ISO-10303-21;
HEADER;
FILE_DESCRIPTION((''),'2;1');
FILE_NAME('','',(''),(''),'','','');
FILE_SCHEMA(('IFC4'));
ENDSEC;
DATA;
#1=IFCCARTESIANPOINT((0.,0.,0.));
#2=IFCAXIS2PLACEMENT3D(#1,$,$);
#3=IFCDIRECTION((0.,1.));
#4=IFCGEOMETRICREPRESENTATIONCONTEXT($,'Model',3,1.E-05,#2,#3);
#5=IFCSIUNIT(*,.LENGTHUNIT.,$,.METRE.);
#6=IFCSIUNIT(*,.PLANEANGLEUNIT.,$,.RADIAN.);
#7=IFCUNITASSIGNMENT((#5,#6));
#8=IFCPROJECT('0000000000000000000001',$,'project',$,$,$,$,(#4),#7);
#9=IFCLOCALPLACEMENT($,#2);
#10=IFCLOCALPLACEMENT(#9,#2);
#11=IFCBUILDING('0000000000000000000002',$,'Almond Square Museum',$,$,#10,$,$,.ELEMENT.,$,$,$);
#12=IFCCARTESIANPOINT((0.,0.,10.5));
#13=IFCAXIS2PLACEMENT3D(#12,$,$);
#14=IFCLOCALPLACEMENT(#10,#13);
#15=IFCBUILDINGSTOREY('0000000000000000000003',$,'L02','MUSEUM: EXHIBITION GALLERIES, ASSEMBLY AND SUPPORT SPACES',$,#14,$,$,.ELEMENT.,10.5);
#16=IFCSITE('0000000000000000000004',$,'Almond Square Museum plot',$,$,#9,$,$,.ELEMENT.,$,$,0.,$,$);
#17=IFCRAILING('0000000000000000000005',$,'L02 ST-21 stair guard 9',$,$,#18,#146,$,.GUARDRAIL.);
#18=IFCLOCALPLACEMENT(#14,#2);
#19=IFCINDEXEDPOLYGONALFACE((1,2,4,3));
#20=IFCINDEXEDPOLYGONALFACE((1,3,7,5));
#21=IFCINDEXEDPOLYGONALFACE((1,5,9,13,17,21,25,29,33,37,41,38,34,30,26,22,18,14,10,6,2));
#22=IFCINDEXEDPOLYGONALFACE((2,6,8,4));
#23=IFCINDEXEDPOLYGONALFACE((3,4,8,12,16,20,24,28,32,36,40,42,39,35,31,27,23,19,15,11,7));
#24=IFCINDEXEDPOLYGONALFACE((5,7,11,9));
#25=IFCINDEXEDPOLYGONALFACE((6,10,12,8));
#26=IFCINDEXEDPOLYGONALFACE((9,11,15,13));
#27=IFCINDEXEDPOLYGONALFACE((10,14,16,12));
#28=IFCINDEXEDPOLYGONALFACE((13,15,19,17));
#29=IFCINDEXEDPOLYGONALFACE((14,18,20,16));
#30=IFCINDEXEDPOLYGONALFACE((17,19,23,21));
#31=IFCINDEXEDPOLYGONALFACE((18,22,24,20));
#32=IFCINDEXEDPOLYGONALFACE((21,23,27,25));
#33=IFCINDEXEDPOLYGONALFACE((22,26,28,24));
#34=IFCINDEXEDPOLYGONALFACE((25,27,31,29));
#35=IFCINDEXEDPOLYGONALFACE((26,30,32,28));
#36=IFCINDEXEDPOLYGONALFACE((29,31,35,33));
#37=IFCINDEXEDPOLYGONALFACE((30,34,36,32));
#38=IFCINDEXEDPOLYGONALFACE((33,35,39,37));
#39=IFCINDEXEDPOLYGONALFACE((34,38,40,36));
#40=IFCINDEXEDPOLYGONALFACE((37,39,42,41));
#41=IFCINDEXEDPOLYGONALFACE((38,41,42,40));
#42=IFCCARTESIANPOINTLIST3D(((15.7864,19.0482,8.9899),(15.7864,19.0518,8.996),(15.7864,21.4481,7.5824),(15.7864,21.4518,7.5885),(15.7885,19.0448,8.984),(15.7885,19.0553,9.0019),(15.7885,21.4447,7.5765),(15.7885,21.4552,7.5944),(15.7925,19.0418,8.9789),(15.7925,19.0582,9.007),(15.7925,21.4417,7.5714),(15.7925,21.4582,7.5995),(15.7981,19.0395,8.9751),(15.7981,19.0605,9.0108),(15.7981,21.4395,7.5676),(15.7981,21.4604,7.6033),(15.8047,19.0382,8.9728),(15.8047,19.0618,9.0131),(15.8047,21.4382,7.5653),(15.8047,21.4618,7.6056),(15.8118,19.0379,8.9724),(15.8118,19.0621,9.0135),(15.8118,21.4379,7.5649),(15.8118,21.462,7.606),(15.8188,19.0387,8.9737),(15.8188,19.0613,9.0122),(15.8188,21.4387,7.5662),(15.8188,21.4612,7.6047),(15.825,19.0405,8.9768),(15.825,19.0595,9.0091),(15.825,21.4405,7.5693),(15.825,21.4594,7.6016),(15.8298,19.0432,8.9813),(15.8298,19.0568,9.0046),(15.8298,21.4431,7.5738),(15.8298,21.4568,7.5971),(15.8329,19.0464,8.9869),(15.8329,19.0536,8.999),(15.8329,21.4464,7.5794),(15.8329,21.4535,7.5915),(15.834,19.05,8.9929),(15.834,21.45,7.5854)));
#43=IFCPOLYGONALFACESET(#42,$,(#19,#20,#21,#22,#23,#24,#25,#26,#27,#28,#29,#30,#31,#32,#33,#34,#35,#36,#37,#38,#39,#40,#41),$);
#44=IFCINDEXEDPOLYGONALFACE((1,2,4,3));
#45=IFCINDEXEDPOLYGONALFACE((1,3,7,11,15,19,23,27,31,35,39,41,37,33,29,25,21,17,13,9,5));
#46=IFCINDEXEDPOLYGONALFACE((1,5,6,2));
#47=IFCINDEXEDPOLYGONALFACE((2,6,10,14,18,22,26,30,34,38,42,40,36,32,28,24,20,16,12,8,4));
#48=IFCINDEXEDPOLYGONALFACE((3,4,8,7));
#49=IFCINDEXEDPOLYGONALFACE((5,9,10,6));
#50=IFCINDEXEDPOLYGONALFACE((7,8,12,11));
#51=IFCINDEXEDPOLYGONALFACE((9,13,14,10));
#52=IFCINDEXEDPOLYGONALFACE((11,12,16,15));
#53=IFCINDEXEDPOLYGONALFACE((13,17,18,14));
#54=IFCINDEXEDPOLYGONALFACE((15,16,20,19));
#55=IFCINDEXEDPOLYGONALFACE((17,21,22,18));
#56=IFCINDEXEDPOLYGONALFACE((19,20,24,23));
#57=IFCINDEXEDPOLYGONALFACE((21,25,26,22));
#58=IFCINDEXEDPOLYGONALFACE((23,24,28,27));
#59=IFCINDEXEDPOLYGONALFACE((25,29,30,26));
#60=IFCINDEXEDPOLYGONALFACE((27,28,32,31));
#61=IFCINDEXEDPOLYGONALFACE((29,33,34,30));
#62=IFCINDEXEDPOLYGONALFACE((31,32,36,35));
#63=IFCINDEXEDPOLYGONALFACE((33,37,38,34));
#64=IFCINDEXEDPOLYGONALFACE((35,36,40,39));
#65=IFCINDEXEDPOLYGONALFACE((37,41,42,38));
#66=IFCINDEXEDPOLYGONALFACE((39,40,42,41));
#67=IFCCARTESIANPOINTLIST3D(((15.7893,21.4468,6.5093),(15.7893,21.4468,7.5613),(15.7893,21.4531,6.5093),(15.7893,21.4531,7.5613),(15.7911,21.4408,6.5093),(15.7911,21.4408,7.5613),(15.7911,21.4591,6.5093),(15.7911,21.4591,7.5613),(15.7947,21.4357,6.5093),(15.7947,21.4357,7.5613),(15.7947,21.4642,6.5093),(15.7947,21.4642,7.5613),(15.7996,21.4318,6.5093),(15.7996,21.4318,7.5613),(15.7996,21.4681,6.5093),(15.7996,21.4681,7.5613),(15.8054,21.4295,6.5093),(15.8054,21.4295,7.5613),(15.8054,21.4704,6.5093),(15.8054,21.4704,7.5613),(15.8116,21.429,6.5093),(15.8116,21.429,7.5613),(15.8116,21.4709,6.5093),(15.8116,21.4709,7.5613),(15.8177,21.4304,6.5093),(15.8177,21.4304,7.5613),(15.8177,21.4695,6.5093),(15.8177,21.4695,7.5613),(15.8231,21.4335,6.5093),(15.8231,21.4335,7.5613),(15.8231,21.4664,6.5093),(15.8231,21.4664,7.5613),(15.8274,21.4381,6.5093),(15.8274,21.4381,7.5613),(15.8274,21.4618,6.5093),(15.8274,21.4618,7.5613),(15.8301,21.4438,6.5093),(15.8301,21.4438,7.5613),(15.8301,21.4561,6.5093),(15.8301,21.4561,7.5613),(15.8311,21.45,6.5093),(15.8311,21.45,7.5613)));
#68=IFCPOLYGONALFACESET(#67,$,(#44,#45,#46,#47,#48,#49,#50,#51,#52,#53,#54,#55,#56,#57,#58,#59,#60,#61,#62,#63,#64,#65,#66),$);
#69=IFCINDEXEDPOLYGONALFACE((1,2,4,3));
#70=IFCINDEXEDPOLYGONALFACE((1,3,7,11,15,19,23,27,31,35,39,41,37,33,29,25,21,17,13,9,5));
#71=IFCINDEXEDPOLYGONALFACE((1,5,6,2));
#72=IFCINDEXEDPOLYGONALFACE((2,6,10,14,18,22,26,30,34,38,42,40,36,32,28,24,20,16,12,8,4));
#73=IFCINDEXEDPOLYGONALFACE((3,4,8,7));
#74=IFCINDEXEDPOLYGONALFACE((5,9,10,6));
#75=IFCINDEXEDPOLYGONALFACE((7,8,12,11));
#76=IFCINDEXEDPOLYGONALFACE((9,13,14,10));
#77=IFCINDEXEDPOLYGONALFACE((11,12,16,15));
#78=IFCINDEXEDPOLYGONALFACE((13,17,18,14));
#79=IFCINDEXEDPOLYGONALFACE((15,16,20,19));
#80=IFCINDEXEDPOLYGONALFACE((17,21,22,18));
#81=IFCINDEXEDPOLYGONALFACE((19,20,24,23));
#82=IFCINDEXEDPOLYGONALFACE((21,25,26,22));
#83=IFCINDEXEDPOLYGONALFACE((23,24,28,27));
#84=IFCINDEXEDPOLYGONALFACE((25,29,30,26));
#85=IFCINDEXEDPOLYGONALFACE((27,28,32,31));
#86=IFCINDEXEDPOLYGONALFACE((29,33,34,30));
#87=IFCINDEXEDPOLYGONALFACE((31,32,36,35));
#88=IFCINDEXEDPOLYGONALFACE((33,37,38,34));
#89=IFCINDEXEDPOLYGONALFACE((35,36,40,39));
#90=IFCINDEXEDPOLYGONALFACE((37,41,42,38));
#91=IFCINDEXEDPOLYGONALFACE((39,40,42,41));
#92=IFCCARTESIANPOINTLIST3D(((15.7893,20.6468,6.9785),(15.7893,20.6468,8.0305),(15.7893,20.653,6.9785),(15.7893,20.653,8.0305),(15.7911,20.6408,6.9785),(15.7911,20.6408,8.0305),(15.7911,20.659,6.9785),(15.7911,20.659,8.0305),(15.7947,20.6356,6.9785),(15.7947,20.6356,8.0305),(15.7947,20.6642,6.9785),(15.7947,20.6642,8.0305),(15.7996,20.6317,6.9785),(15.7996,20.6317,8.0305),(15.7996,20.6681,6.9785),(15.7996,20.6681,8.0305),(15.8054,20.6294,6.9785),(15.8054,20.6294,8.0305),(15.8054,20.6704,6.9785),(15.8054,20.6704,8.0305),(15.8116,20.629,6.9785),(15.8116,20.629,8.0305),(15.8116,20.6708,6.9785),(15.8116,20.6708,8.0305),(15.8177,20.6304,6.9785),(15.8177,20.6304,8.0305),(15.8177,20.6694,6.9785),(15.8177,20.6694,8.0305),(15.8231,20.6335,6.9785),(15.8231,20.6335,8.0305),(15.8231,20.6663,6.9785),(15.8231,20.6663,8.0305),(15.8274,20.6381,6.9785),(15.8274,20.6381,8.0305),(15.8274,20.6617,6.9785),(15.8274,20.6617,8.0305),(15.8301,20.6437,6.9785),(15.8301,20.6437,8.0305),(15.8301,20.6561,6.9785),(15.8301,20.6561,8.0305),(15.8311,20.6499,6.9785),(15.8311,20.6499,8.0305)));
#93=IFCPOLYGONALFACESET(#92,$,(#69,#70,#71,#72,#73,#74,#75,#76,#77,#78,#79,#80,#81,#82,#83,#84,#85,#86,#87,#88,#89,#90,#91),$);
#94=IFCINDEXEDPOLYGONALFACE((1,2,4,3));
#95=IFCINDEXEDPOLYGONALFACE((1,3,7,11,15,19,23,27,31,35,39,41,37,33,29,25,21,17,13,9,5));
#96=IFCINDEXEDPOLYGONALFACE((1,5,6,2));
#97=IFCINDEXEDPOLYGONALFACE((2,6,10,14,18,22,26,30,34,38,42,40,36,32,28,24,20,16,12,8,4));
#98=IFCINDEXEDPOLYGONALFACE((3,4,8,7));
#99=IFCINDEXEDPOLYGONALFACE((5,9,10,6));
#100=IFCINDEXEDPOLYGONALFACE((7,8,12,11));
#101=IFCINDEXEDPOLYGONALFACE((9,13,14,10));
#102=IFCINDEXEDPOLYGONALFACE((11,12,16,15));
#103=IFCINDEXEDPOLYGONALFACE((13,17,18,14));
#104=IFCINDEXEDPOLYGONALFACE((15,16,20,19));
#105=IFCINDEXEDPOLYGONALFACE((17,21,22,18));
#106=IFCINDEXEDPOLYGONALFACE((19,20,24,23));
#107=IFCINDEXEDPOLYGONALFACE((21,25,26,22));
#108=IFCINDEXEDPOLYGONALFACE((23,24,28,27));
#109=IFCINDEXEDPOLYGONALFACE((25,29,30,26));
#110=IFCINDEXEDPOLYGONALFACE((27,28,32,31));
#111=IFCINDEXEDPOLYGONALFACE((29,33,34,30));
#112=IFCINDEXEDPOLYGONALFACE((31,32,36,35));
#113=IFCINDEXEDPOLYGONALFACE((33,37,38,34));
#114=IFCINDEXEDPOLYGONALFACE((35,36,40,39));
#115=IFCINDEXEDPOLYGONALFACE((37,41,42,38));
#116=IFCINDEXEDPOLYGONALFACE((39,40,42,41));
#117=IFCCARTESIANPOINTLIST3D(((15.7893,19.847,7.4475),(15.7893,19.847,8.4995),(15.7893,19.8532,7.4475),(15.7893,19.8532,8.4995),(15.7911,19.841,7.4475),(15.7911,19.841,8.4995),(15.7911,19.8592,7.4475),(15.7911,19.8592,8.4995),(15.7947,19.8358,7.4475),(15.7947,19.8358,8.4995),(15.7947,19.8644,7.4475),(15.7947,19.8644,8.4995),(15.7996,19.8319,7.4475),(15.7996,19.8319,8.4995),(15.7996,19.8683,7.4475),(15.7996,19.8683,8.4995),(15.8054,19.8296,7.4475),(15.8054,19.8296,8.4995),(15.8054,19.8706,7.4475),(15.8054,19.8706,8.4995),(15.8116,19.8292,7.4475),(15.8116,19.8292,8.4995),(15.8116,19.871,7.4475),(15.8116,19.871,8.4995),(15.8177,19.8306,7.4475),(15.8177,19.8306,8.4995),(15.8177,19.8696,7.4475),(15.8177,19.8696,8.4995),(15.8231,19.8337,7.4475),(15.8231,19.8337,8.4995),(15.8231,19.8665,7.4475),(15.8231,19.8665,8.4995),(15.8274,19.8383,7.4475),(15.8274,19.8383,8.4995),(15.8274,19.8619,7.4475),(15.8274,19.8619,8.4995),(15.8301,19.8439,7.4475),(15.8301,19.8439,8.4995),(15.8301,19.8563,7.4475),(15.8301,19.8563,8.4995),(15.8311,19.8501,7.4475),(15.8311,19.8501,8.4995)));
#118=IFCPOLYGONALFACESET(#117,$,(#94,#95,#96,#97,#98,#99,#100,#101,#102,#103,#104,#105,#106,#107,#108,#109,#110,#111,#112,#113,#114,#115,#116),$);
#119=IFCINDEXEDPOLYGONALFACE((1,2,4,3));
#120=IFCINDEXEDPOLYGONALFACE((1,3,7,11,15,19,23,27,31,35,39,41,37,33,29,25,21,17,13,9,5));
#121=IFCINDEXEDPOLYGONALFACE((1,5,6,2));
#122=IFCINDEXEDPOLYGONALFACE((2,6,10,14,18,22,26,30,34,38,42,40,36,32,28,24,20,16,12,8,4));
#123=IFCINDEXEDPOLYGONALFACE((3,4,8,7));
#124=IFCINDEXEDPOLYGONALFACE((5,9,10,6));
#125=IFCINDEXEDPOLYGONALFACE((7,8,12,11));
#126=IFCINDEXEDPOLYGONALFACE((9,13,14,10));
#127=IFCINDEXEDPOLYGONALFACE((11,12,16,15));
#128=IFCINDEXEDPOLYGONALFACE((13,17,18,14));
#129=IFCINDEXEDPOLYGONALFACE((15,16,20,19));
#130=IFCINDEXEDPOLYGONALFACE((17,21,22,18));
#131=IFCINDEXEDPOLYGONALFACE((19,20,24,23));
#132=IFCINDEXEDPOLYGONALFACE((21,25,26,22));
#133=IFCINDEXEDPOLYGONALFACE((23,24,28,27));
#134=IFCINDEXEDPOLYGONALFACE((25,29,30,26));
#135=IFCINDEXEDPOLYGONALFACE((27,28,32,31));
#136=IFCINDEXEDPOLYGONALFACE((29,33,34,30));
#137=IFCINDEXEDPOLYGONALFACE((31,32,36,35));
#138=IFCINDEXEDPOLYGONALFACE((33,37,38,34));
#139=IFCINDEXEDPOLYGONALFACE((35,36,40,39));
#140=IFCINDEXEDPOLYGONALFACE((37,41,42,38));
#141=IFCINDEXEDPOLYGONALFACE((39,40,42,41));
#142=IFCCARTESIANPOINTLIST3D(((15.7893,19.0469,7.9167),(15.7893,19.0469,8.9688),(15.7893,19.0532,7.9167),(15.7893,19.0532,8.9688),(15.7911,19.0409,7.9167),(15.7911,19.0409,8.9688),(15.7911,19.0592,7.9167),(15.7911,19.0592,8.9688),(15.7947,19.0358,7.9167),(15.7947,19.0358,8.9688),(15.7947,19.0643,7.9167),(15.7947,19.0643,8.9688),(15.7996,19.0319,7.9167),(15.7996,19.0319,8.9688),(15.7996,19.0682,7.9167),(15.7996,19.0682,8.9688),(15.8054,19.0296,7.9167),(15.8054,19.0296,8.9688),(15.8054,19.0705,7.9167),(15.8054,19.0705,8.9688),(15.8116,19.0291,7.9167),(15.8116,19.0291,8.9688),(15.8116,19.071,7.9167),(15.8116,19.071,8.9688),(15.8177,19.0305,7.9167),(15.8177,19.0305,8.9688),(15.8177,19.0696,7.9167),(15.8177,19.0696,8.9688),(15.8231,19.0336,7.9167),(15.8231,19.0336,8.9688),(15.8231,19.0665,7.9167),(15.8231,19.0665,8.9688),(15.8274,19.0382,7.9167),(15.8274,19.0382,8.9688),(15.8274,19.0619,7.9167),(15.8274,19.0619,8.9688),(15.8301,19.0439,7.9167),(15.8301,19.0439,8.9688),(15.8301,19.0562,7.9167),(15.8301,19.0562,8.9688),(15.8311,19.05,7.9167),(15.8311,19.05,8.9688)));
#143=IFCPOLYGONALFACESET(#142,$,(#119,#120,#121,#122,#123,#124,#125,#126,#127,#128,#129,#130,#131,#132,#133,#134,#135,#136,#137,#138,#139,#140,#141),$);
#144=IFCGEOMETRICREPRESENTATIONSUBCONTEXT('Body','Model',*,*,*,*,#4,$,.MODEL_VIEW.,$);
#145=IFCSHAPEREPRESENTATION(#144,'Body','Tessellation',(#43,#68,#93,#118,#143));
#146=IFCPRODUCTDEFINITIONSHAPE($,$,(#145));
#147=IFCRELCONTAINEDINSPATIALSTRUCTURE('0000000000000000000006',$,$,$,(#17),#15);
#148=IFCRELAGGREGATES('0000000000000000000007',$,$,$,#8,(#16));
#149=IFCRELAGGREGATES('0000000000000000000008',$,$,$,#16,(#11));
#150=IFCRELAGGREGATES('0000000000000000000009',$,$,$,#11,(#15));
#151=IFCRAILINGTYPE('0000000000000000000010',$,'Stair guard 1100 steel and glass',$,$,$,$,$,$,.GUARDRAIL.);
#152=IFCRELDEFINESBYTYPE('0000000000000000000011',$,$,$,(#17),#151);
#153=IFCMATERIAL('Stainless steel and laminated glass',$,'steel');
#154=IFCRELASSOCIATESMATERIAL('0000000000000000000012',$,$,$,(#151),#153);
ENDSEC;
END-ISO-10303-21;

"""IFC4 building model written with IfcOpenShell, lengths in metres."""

from ifc_helpers import new_model, si_unit, direction, frame, origin, origin_2d, place, context, subcontext, project, spatial, circle, extrude, material, type_object, element, save


model = new_model("IFC4")

# Units and contexts
model_context = context("Model", 3, precision=1e-05, world=origin(), true_north=direction((0.0, 1.0)))
body_context = subcontext(model_context, "Body", "Model", "MODEL_VIEW")
ifc_project = project(units=[si_unit("LENGTHUNIT", "METRE"), si_unit("PLANEANGLEUNIT", "RADIAN")], contexts=[model_context])

# Site, building, storey
site_placement = place(None, origin())
site = spatial("IfcSite", under=ifc_project, at=site_placement, Name="Almond Square Museum plot", CompositionType="ELEMENT", RefElevation=0.0)
building_placement = place(site_placement, origin())
building = spatial("IfcBuilding", under=site, at=building_placement, Name="Almond Square Museum", CompositionType="ELEMENT")
storey_placement = place(building_placement, frame((0.0, 0.0, 10.5)))
storey = spatial("IfcBuildingStorey", under=building, at=storey_placement, Name="L02", Description="MUSEUM: EXHIBITION GALLERIES, ASSEMBLY AND SUPPORT SPACES", CompositionType="ELEMENT", Elevation=10.5)

# Railing
ifc_material_1 = material(Name="Stainless steel and laminated glass", Category="steel")
railing_type_1 = type_object("IfcRailingType", Name="Stair guard 1100 steel and glass", PredefinedType="GUARDRAIL", material=ifc_material_1)
railing_1_placement = place(storey_placement, frame((15.8101, 21.45, 6.5093)))
element("IfcRailing", 1, at=railing_1_placement, inside=storey, type_object=railing_type_1, Name="L02 ST-21 stair guard 9", PredefinedType="GUARDRAIL", context=body_context, shape_type="SweptSolid", body=[
    extrude(circle(Radius=0.0239, at=origin_2d()), frame((0.0, 0.0, 1.0762), z_axis=(0.0, -0.862599, 0.505888), x_axis=(1.0, 0.0, 0.0)), (0.0, 0.0, 1.0), 2.7822),
    extrude(circle(Radius=0.021, at=origin_2d()), origin(), (0.0, 0.0, 1.0), 1.052),
    extrude(circle(Radius=0.021, at=origin_2d()), frame((0.0, -0.8, 0.4692)), (0.0, 0.0, 1.0), 1.052),
    extrude(circle(Radius=0.021, at=origin_2d()), frame((0.0, -1.5999, 0.9382)), (0.0, 0.0, 1.0), 1.052),
    extrude(circle(Radius=0.021, at=origin_2d()), frame((0.0, -2.3999, 1.4075)), (0.0, 0.0, 1.0), 1.052),
])

save(model, "model.ifc")
